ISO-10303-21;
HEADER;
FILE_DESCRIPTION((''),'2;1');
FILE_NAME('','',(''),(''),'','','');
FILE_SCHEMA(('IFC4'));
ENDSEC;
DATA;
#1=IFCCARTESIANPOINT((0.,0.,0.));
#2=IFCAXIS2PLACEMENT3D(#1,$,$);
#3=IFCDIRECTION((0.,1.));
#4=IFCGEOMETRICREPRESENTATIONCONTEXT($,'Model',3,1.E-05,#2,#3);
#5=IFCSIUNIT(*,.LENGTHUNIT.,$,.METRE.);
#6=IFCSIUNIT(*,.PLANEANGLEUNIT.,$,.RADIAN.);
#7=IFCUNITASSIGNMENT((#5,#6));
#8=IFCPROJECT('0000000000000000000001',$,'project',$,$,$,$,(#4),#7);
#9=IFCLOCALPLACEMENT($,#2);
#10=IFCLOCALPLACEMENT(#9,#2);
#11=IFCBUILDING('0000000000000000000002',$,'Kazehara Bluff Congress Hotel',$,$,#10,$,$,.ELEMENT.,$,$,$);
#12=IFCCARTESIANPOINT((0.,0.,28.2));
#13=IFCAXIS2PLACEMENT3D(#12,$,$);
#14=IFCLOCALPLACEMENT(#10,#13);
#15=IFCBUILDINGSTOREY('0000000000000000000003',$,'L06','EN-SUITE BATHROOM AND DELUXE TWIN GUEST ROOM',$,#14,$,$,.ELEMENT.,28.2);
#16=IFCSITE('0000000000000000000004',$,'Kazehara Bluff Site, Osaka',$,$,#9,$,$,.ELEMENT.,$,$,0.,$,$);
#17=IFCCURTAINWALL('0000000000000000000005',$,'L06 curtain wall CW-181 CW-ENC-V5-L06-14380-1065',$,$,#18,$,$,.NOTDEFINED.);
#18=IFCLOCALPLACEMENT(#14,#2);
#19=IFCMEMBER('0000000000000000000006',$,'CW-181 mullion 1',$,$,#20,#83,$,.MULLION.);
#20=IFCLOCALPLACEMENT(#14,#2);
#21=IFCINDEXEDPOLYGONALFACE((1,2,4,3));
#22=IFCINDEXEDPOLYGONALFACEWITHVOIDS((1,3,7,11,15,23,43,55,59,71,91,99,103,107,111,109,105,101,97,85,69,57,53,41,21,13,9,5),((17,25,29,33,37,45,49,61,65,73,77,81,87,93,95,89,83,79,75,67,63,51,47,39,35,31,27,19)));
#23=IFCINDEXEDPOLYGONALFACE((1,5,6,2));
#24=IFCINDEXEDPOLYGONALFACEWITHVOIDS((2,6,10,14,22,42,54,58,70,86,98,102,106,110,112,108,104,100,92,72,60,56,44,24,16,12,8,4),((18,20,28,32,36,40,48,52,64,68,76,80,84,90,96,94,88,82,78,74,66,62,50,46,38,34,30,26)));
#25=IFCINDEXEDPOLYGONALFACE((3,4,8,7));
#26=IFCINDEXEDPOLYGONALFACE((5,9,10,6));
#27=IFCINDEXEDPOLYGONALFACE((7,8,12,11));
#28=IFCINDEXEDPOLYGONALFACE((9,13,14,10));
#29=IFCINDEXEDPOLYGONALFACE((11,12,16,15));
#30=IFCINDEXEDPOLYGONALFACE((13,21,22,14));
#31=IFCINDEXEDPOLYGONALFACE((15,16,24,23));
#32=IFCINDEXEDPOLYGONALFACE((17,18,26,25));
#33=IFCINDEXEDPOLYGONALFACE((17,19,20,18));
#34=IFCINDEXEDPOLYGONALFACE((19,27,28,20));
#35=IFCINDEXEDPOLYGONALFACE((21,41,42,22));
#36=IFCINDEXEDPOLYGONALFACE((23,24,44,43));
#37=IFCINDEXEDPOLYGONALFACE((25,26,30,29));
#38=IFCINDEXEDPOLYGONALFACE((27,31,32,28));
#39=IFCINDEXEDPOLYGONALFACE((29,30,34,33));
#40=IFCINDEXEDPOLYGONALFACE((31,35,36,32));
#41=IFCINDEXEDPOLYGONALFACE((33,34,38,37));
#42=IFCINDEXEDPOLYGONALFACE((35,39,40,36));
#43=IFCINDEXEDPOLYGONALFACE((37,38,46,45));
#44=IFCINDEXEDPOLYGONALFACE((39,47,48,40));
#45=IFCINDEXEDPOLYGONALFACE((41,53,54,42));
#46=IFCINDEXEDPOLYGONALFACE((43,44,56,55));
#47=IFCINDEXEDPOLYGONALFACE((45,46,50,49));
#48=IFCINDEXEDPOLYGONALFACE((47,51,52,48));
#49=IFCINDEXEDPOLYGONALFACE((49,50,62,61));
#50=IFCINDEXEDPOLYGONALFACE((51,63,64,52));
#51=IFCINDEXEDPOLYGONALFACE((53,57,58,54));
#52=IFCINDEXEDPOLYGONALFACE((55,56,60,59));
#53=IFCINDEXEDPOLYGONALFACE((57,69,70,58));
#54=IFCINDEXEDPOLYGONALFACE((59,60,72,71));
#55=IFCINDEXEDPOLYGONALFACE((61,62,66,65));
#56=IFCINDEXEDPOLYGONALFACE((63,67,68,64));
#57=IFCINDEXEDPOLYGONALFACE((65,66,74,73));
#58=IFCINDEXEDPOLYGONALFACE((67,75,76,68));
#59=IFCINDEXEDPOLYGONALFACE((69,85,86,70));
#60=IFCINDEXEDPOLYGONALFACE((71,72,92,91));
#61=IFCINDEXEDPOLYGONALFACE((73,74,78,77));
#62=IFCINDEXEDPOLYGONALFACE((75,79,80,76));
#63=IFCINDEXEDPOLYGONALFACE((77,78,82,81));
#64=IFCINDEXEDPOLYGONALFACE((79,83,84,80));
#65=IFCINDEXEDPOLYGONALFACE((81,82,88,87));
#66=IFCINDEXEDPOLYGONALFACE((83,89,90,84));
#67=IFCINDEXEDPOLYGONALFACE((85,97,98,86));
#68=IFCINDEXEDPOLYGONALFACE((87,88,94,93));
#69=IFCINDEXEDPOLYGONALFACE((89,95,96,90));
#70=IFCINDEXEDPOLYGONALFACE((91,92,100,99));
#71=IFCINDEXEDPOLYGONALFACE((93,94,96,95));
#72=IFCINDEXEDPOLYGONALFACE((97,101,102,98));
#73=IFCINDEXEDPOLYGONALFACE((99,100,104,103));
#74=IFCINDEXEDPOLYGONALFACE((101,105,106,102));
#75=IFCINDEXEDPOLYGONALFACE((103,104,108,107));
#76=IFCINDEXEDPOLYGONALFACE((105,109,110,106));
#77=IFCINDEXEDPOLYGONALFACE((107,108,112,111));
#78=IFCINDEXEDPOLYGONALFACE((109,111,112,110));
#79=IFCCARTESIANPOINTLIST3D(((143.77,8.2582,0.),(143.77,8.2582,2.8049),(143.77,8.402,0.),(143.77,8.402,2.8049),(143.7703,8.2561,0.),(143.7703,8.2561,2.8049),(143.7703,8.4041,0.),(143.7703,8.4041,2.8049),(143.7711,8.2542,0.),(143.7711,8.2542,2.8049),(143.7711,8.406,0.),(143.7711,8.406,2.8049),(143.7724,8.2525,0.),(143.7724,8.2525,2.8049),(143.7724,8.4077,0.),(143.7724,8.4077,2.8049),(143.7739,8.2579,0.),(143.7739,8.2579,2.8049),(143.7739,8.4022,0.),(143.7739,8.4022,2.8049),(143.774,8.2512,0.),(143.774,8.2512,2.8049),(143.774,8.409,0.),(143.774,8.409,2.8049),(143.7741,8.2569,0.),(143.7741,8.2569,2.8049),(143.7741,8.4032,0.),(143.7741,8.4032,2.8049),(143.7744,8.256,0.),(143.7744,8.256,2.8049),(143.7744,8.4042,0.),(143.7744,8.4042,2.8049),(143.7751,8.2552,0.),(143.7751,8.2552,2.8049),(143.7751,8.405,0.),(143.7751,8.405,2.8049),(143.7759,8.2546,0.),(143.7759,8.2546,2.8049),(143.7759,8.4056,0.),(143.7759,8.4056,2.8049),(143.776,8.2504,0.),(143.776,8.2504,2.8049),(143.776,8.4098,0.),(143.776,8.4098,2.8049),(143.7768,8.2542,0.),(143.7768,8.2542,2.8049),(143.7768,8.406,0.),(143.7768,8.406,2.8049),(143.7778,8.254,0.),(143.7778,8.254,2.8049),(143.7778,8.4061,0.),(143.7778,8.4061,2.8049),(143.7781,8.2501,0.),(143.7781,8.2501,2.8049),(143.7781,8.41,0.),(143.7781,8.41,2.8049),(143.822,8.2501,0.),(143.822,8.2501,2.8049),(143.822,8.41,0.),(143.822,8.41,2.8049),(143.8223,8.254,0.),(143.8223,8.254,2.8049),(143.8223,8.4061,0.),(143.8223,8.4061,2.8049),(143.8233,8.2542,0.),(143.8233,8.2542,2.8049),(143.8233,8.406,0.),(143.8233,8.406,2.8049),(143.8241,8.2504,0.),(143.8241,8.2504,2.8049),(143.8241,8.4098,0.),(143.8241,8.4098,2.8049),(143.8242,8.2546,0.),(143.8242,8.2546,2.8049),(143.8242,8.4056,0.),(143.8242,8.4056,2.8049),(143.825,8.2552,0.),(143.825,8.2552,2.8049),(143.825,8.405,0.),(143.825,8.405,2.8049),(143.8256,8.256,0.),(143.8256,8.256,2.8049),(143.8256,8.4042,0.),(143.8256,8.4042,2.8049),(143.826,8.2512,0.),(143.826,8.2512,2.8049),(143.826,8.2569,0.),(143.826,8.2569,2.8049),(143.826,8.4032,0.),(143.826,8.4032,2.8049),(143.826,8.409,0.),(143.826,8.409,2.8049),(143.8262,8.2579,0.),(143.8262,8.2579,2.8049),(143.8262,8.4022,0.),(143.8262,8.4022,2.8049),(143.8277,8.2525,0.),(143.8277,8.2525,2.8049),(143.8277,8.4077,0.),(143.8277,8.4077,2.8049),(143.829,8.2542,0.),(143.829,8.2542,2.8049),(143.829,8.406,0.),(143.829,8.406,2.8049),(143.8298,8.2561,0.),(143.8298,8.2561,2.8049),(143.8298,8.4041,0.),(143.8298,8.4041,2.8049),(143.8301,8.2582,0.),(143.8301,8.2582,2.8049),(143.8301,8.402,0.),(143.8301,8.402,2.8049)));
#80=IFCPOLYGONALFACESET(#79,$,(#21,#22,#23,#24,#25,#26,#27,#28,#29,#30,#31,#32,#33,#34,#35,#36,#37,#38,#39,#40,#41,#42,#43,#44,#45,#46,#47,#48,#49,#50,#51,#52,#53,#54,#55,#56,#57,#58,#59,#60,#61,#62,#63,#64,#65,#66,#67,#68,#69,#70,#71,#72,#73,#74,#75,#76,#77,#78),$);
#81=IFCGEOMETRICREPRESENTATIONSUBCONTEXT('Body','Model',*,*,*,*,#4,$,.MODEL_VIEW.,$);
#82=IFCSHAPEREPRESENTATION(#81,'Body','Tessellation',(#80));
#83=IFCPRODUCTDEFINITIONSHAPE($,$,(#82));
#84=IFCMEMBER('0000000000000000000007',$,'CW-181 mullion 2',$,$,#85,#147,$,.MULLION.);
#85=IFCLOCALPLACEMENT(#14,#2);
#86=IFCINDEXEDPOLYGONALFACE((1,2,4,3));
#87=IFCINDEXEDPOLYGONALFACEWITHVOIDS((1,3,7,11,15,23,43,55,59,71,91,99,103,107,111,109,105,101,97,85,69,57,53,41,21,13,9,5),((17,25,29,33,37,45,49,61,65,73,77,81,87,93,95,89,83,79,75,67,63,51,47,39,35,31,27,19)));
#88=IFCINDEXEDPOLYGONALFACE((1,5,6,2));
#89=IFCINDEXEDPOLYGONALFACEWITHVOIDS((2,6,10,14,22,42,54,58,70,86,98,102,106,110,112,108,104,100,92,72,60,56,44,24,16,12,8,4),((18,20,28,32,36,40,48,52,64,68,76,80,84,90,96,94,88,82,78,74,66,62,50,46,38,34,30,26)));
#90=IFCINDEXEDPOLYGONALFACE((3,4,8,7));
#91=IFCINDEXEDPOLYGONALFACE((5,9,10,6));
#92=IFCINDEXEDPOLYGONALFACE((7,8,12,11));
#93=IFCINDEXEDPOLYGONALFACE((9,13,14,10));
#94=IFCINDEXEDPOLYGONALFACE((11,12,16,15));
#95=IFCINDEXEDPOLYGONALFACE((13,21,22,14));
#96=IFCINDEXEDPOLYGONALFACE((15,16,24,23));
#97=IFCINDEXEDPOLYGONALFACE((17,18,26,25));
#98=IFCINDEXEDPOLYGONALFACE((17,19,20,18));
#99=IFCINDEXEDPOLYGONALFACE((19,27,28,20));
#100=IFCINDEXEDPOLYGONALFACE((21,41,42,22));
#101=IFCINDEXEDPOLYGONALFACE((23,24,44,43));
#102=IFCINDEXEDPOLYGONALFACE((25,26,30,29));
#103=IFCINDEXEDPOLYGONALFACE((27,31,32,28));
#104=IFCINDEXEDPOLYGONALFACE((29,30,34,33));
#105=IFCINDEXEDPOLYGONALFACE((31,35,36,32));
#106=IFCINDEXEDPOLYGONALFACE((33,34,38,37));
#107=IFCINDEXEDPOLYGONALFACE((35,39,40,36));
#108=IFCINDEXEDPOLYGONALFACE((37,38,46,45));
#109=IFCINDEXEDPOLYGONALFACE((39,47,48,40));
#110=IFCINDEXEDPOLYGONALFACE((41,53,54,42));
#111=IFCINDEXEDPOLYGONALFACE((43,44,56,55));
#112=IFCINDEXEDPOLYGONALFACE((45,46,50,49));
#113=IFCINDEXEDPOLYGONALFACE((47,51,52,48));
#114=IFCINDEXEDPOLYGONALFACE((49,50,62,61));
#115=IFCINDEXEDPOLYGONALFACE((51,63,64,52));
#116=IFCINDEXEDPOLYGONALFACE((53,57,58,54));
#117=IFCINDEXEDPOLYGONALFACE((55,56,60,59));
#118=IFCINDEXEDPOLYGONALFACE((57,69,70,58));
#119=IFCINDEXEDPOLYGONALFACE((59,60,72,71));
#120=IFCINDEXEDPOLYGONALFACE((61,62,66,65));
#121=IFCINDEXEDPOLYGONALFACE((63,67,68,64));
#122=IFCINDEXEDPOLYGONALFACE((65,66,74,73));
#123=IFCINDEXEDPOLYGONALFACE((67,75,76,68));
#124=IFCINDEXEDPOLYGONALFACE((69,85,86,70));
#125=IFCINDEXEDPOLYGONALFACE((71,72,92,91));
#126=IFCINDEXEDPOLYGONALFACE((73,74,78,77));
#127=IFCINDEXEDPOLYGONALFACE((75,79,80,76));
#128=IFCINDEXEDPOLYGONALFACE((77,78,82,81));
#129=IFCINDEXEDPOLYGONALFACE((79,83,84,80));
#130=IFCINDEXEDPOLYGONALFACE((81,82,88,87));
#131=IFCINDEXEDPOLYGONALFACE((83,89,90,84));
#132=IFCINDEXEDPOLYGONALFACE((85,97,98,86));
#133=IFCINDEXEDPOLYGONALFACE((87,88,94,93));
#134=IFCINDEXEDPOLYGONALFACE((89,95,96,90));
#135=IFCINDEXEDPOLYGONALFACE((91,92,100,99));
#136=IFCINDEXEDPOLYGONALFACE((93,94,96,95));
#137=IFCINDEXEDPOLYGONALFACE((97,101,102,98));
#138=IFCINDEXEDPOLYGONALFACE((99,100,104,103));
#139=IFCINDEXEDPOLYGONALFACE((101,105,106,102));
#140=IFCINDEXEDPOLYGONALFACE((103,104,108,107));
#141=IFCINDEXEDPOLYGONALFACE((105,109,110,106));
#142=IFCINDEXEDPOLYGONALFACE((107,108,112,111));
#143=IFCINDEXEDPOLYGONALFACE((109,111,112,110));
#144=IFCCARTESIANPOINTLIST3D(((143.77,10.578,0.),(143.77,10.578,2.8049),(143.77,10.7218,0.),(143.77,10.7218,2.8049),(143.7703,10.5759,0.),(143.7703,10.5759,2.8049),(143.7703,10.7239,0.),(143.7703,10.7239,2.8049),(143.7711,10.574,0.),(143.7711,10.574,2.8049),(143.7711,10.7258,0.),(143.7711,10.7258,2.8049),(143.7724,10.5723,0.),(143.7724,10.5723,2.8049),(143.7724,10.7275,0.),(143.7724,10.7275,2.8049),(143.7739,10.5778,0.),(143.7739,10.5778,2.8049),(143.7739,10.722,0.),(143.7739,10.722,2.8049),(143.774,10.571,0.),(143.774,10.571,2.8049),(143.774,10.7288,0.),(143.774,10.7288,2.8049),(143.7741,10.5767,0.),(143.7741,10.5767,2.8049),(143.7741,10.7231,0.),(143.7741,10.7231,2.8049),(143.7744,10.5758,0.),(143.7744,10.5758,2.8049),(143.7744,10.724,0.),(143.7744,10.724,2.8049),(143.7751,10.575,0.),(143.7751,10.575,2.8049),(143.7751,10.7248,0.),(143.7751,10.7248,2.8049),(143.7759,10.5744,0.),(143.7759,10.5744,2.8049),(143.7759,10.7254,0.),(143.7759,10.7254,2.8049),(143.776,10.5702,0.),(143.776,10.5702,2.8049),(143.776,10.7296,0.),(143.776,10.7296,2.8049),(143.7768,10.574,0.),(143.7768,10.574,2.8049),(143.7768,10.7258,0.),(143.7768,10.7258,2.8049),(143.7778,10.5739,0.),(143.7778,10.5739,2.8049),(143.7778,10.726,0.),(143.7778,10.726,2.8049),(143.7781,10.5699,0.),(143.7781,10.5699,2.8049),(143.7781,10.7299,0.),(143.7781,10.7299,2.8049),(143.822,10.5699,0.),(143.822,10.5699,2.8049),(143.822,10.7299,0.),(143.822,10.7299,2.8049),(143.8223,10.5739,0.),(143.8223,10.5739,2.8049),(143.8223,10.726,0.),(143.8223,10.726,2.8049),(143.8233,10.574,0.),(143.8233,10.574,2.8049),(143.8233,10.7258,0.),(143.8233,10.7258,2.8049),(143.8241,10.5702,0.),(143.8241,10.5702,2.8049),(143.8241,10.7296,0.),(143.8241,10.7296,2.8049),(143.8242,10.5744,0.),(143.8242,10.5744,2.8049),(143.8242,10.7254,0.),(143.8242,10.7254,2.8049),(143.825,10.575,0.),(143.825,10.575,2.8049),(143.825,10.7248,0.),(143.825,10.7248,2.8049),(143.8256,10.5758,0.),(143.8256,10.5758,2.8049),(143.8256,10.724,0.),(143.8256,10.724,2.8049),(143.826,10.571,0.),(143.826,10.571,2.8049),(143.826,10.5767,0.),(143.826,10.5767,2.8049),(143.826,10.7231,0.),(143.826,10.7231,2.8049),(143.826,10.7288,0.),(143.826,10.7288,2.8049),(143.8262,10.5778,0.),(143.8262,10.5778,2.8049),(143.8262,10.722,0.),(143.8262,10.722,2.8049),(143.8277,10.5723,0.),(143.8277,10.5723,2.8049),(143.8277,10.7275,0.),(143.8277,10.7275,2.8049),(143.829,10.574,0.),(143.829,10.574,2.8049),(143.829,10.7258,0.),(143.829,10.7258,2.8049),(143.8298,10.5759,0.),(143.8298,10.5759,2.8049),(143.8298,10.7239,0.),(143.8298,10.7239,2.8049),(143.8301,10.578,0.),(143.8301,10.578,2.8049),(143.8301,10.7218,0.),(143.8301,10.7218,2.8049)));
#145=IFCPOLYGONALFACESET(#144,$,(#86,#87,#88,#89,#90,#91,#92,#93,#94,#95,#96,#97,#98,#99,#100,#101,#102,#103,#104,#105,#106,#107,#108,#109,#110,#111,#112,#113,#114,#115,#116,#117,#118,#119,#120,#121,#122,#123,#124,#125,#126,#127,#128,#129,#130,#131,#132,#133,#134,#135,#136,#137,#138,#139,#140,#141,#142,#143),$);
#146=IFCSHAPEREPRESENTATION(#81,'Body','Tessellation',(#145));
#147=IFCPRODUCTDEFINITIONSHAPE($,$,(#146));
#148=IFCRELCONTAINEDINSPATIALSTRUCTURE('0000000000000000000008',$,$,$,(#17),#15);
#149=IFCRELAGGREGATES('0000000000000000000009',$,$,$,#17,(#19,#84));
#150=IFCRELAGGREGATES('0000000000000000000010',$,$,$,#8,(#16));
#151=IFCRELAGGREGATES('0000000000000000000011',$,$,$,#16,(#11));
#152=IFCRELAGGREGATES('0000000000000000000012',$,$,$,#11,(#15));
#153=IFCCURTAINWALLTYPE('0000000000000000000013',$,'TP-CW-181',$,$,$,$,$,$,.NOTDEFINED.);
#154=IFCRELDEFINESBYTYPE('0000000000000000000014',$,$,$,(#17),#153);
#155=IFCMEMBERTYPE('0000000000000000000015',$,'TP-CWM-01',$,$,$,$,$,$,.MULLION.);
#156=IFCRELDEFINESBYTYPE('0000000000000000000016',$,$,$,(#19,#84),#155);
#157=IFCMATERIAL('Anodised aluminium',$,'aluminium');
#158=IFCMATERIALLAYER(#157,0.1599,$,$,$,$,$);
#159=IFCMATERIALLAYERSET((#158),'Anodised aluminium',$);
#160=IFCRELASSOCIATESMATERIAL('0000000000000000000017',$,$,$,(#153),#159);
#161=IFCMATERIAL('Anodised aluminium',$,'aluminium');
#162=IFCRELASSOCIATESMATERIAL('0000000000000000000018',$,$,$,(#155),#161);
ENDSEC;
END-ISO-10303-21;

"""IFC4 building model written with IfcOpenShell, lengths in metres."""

from ifc_helpers import new_model, si_unit, direction, frame, origin, origin_2d, place, context, subcontext, project, spatial, hollow_rectangle, extrude, material, layer, layer_set, material_profile, profile_set, type_object, element, aggregate, save


model = new_model("IFC4")

# Units and contexts
model_context = context("Model", 3, precision=1e-05, world=origin(), true_north=direction((0.0, 1.0)))
body_context = subcontext(model_context, "Body", "Model", "MODEL_VIEW")
ifc_project = project(units=[si_unit("LENGTHUNIT", "METRE"), si_unit("PLANEANGLEUNIT", "RADIAN")], contexts=[model_context])

# Site, building, storey
site_placement = place(None, origin())
site = spatial("IfcSite", under=ifc_project, at=site_placement, Name="Kazehara Bluff Site, Osaka", CompositionType="ELEMENT", RefElevation=0.0)
building_placement = place(site_placement, origin())
building = spatial("IfcBuilding", under=site, at=building_placement, Name="Kazehara Bluff Congress Hotel", CompositionType="ELEMENT")
storey_placement = place(building_placement, frame((0.0, 0.0, 28.2)))
storey = spatial("IfcBuildingStorey", under=building, at=storey_placement, Name="L06", Description="EN-SUITE BATHROOM AND DELUXE TWIN GUEST ROOM", CompositionType="ELEMENT", Elevation=28.2)

# Curtain wall, members
ifc_material_1 = material(Name="Anodised aluminium", Category="aluminium")
ifc_layer_1 = layer(ifc_material_1, 0.1599)
ifc_layer_set_1 = layer_set([ifc_layer_1], Name="Anodised aluminium")
curtain_wall_type_1 = type_object("IfcCurtainWallType", Name="TP-CW-181", PredefinedType="NOTDEFINED", material=ifc_layer_set_1)
curtain_wall_1_placement = place(storey_placement, origin())
curtain_wall_1 = element("IfcCurtainWall", 1, at=curtain_wall_1_placement, inside=storey, type_object=curtain_wall_type_1, Name="L06 curtain wall CW-181 CW-ENC-V5-L06-14380-1065", PredefinedType="NOTDEFINED")
ifc_material_2 = material(Name="Anodised aluminium", Category="aluminium")
ifc_material_profile_1 = material_profile(ifc_material_2, hollow_rectangle(XDim=0.0601, YDim=0.1599, WallThickness=0.0039, InnerFilletRadius=0.0039, OuterFilletRadius=0.0081, at=origin_2d()))
ifc_profile_set_1 = profile_set([ifc_material_profile_1], Name="Anodised aluminium")
member_type_1 = type_object("IfcMemberType", Name="TP-CWM-01", PredefinedType="MULLION", material=ifc_profile_set_1)
member_1_placement = place(storey_placement, frame((143.8, 8.3301, 0.0), z_axis=(0.0, 0.0, 1.0), x_axis=(-1.0, 0.0, 0.0)))
member_1 = element("IfcMember", 2, at=member_1_placement, type_object=member_type_1, Name="CW-181 mullion 1", PredefinedType="MULLION", context=body_context, shape_type="SweptSolid", body=[
    extrude(hollow_rectangle(XDim=0.0601, YDim=0.1599, WallThickness=0.0039, InnerFilletRadius=0.0039, OuterFilletRadius=0.0081, at=origin_2d()), origin(), (0.0, 0.0, 1.0), 2.8049),
])
member_2_placement = place(storey_placement, frame((143.8, 10.6499, 0.0), z_axis=(0.0, 0.0, 1.0), x_axis=(-1.0, 0.0, 0.0)))
member_2 = element("IfcMember", 3, at=member_2_placement, type_object=member_type_1, Name="CW-181 mullion 2", PredefinedType="MULLION", context=body_context, shape_type="SweptSolid", body=[
    extrude(hollow_rectangle(XDim=0.0601, YDim=0.1599, WallThickness=0.0039, InnerFilletRadius=0.0039, OuterFilletRadius=0.0081, at=origin_2d()), origin(), (0.0, 0.0, 1.0), 2.8049),
])

aggregate(curtain_wall_1, [member_1, member_2])

save(model, "model.ifc")
